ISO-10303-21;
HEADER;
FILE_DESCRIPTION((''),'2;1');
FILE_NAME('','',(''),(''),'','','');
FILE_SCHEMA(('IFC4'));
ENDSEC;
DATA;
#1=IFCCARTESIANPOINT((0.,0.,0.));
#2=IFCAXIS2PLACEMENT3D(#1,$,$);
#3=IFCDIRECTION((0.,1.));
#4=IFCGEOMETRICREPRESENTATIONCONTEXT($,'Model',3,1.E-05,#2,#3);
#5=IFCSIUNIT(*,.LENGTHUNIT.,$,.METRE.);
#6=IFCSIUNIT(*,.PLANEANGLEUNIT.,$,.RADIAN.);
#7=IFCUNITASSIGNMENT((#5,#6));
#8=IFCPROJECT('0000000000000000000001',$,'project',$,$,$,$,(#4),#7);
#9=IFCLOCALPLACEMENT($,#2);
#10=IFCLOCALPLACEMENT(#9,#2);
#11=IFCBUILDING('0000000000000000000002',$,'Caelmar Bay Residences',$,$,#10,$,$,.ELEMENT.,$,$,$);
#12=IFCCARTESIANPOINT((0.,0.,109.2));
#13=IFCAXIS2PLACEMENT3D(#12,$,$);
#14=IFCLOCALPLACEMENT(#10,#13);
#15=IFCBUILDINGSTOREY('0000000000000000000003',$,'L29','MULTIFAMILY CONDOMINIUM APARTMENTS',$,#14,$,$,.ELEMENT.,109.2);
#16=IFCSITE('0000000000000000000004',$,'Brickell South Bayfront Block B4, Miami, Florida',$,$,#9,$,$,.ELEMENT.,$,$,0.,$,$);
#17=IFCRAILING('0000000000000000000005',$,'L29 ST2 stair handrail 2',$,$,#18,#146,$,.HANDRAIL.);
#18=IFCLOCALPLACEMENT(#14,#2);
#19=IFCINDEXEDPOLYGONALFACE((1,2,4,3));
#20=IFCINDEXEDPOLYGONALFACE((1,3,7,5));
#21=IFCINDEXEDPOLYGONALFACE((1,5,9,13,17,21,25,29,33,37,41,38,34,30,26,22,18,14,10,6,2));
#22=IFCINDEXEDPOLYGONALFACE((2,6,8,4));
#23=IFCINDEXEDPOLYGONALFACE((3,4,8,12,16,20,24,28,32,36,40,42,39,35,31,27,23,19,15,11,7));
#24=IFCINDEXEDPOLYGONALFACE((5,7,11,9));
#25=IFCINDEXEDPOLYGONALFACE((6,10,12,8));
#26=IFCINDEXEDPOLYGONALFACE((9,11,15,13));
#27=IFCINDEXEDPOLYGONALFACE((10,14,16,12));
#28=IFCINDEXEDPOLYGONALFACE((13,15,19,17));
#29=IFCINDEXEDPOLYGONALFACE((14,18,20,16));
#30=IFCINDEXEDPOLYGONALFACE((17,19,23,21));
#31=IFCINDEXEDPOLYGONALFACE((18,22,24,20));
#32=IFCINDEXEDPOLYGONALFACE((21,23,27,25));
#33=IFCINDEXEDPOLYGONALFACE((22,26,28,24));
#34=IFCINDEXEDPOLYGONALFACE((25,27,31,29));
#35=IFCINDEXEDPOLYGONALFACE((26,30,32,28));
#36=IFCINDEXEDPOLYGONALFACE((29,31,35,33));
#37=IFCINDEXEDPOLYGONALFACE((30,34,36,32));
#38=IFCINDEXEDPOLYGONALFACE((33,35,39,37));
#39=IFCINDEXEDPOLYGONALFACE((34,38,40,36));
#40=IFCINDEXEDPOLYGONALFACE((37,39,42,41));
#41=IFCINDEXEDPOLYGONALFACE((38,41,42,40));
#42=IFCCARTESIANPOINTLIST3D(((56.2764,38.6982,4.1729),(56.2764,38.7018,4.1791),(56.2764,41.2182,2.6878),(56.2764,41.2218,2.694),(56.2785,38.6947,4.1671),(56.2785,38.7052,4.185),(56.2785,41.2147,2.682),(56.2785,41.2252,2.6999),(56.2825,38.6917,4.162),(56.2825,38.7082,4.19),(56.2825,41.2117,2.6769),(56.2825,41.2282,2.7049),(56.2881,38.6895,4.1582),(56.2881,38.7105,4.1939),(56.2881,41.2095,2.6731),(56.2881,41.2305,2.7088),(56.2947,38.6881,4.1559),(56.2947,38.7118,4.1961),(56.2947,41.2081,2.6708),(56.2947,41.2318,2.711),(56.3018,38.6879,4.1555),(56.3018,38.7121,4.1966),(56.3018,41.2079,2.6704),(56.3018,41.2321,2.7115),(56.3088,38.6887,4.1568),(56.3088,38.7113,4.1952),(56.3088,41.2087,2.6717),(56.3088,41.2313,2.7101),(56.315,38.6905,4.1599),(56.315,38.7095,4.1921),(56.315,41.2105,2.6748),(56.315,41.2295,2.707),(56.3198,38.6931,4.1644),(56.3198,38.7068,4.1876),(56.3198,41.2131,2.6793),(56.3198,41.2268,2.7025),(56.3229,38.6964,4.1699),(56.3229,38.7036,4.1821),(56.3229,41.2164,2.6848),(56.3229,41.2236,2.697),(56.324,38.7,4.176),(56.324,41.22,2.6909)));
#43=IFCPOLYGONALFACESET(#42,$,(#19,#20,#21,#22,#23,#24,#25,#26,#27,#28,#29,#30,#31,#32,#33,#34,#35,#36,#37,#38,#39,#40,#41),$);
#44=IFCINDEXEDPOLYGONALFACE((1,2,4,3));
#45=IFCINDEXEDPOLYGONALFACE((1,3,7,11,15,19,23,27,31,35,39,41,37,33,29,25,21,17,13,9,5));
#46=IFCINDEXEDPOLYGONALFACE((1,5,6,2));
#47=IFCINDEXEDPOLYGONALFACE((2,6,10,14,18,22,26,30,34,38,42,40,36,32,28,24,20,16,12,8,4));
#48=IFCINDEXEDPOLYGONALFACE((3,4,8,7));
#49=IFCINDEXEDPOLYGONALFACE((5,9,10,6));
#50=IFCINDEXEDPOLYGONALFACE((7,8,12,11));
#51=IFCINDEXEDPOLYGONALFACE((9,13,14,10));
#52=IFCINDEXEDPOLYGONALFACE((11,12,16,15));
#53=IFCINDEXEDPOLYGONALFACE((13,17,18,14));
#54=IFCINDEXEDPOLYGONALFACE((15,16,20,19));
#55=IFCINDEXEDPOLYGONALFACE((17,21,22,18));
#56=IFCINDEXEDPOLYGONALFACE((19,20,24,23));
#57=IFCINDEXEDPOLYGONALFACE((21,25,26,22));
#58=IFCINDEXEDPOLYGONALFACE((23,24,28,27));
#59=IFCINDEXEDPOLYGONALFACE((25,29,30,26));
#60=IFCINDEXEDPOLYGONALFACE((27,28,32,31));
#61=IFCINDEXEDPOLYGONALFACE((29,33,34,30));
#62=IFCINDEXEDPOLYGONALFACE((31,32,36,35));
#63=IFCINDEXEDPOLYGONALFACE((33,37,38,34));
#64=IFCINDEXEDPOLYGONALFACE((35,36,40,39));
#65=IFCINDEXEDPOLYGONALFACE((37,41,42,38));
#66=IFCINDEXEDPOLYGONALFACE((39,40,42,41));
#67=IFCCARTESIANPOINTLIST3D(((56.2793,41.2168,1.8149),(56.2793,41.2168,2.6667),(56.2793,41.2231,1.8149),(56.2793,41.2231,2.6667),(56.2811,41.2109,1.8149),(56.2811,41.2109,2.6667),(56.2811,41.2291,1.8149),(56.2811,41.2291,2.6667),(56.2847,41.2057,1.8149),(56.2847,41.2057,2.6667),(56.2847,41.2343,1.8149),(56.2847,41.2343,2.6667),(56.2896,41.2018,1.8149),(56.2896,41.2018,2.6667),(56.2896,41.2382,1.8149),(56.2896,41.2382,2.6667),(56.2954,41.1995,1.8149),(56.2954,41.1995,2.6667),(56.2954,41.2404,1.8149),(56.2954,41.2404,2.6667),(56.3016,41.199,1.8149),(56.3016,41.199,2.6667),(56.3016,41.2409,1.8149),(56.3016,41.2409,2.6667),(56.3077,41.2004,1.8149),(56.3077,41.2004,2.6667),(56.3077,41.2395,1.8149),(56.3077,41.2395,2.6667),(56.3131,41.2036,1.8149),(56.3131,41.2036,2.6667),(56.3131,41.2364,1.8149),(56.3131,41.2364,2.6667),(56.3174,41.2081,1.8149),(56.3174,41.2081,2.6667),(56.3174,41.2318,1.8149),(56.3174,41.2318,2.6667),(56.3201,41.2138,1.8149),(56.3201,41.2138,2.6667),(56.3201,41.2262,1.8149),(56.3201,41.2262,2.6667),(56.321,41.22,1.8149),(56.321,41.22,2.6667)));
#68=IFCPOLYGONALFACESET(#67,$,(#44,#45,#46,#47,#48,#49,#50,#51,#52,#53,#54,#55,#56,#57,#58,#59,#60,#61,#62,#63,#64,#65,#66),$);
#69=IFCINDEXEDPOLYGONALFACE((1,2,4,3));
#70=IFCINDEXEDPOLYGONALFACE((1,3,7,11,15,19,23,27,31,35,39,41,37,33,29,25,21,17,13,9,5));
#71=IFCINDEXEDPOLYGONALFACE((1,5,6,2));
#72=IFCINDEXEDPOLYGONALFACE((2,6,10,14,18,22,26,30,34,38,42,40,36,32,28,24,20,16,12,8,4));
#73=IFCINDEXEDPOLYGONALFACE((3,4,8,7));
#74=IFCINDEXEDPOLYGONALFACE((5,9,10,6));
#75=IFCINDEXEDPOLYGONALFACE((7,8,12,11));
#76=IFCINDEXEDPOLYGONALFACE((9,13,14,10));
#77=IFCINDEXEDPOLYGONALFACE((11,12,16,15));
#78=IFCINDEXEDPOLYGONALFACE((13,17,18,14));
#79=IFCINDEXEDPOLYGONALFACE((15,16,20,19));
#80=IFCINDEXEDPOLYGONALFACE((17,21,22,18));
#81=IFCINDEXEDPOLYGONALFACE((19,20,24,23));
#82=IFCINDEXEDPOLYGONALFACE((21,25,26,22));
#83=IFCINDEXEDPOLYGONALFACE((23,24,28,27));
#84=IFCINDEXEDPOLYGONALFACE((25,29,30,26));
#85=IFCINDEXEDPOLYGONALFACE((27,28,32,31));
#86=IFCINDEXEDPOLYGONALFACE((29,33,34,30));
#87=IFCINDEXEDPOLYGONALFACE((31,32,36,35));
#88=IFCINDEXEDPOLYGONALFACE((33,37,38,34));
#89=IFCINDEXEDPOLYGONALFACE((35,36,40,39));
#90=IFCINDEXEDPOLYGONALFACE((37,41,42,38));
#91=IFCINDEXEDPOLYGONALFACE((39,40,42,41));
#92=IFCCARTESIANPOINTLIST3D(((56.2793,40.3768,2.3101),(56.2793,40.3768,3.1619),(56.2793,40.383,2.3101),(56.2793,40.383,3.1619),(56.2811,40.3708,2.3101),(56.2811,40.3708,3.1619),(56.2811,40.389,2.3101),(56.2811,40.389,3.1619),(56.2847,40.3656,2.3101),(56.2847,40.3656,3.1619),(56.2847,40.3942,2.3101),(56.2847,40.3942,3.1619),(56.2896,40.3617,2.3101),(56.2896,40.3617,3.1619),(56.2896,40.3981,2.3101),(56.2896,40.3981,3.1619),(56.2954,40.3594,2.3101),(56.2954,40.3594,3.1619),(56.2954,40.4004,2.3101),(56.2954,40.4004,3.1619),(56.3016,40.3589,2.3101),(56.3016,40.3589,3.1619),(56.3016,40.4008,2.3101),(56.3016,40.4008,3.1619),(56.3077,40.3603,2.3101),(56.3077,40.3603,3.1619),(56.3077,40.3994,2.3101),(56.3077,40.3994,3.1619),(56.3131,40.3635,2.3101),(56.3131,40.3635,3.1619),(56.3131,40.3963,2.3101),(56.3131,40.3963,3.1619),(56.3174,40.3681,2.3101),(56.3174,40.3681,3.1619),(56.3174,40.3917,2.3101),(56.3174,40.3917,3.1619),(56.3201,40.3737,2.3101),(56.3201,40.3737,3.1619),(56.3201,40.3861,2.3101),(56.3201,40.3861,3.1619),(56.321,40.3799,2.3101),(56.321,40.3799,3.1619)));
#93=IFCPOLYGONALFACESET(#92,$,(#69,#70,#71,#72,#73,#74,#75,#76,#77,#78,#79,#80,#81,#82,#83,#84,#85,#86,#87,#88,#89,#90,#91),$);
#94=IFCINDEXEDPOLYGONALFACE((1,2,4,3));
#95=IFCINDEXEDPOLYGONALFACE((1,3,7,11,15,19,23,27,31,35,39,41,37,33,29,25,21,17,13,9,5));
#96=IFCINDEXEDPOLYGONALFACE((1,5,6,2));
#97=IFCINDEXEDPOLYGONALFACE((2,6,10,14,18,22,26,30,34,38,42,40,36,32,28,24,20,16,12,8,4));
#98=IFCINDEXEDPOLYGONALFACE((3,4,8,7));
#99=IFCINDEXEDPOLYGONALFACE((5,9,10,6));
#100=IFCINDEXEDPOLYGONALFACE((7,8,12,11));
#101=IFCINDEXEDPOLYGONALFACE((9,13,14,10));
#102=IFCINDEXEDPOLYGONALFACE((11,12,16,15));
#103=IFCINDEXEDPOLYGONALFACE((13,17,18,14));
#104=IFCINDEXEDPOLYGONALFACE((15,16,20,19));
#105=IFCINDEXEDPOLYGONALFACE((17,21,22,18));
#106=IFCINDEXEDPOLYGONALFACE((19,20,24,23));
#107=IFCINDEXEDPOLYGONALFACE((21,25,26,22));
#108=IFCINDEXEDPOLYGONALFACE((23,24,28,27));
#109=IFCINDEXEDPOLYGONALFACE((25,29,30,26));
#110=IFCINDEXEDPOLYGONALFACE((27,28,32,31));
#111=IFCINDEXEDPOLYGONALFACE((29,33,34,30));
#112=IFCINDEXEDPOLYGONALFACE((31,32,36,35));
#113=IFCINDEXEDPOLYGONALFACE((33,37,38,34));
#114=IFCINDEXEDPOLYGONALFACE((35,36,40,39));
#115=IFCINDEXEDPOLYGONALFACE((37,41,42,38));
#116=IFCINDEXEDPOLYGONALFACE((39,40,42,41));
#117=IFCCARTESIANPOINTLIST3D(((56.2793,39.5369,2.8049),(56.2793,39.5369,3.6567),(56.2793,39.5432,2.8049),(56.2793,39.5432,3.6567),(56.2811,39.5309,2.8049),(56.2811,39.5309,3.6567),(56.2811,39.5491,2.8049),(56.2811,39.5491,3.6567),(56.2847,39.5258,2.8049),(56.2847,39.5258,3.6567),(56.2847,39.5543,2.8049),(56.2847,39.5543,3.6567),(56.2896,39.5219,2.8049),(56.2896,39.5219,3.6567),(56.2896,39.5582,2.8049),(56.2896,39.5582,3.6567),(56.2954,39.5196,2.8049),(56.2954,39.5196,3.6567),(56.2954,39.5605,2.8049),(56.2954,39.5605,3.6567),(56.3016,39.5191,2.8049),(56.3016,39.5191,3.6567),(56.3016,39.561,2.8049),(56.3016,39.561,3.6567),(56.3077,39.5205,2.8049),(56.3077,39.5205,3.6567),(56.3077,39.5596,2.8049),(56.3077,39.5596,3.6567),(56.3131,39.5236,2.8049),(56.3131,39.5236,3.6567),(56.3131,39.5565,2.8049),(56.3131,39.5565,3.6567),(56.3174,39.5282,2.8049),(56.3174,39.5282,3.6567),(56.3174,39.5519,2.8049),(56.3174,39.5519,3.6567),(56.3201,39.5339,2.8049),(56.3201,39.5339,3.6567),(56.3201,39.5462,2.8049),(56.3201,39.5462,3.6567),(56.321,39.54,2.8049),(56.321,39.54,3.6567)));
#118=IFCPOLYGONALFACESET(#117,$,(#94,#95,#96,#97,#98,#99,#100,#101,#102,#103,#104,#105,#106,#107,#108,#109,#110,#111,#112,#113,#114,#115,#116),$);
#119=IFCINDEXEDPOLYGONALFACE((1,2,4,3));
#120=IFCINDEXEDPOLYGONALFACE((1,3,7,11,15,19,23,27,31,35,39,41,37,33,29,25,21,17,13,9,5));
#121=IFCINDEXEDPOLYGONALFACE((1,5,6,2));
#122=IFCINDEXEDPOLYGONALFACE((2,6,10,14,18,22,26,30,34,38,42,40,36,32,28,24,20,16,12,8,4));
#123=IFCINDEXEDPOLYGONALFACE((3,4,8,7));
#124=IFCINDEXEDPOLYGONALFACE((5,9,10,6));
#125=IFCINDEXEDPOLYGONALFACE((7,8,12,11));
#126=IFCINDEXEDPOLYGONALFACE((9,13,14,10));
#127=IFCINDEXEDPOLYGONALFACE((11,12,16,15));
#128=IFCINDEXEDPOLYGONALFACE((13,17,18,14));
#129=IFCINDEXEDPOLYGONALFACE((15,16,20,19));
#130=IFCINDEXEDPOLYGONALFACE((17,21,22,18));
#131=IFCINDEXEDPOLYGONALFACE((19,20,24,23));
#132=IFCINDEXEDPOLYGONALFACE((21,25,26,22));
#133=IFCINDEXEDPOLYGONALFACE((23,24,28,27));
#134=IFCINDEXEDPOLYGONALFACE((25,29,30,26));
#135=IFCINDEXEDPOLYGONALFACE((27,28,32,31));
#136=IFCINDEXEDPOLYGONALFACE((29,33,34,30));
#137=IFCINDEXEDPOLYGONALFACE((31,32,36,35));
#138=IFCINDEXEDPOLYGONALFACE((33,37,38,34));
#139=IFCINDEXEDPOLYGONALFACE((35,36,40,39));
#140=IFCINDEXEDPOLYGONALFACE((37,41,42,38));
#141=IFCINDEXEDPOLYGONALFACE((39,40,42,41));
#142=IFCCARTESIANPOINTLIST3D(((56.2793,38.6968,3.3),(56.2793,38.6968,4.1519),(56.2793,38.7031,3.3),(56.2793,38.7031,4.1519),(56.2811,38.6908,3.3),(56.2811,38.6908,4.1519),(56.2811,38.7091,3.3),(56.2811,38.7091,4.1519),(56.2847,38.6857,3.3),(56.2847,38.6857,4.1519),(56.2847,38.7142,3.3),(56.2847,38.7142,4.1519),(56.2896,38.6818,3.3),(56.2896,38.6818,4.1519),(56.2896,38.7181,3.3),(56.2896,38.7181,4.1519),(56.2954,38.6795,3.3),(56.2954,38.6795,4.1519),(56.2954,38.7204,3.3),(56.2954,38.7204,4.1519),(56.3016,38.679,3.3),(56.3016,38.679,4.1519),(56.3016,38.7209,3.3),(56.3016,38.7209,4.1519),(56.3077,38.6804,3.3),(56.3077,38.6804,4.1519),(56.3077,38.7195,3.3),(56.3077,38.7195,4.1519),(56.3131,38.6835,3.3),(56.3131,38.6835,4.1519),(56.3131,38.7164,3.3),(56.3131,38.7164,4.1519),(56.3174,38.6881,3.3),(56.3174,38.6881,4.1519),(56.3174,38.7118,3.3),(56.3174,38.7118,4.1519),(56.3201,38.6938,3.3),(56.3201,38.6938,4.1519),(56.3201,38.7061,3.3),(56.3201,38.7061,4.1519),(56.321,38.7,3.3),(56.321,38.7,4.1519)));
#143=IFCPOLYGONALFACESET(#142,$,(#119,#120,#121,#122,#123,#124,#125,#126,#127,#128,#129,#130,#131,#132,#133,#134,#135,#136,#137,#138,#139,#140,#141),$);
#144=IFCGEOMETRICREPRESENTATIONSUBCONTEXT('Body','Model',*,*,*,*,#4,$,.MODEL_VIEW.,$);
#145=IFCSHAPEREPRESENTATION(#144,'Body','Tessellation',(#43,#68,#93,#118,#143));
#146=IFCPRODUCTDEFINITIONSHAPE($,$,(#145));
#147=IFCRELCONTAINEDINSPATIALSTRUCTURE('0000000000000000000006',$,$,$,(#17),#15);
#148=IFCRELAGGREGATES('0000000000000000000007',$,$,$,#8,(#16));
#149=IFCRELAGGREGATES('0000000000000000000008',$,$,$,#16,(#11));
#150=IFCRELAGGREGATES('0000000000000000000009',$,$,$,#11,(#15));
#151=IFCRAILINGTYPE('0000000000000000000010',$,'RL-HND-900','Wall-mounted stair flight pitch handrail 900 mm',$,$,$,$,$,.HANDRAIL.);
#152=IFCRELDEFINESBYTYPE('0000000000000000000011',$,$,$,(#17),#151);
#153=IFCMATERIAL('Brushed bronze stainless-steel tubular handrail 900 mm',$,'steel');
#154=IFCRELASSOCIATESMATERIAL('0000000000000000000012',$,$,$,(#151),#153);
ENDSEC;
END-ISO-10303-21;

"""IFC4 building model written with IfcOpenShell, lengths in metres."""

from ifc_helpers import new_model, si_unit, direction, frame, origin, origin_2d, place, context, subcontext, project, spatial, circle, extrude, material, type_object, element, save


model = new_model("IFC4")

# Units and contexts
model_context = context("Model", 3, precision=1e-05, world=origin(), true_north=direction((0.0, 1.0)))
body_context = subcontext(model_context, "Body", "Model", "MODEL_VIEW")
ifc_project = project(units=[si_unit("LENGTHUNIT", "METRE"), si_unit("PLANEANGLEUNIT", "RADIAN")], contexts=[model_context])

# Site, building, storey
site_placement = place(None, origin())
site = spatial("IfcSite", under=ifc_project, at=site_placement, Name="Brickell South Bayfront Block B4, Miami, Florida", CompositionType="ELEMENT", RefElevation=0.0)
building_placement = place(site_placement, origin())
building = spatial("IfcBuilding", under=site, at=building_placement, Name="Caelmar Bay Residences", CompositionType="ELEMENT")
storey_placement = place(building_placement, frame((0.0, 0.0, 109.2)))
storey = spatial("IfcBuildingStorey", under=building, at=storey_placement, Name="L29", Description="MULTIFAMILY CONDOMINIUM APARTMENTS", CompositionType="ELEMENT", Elevation=109.2)

# Railing
ifc_material_1 = material(Name="Brushed bronze stainless-steel tubular handrail 900 mm", Category="steel")
railing_type_1 = type_object("IfcRailingType", Name="RL-HND-900", Description="Wall-mounted stair flight pitch handrail 900 mm", PredefinedType="HANDRAIL", material=ifc_material_1)
railing_1_placement = place(storey_placement, frame((56.3, 41.22, 1.8149)))
element("IfcRailing", 1, at=railing_1_placement, inside=storey, type_object=railing_type_1, Name="L29 ST2 stair handrail 2", PredefinedType="HANDRAIL", context=body_context, shape_type="SweptSolid", body=[
    extrude(circle(Radius=0.0239, at=origin_2d()), frame((0.0, 0.0, 0.876), z_axis=(0.0, -0.861524, 0.507717), x_axis=(1.0, 0.0, 0.0)), (0.0, 0.0, 1.0), 2.925),
    extrude(circle(Radius=0.021, at=origin_2d()), origin(), (0.0, 0.0, 1.0), 0.8518),
    extrude(circle(Radius=0.021, at=origin_2d()), frame((0.0, -0.8401, 0.4951)), (0.0, 0.0, 1.0), 0.8518),
    extrude(circle(Radius=0.021, at=origin_2d()), frame((0.0, -1.6799, 0.99)), (0.0, 0.0, 1.0), 0.8518),
    extrude(circle(Radius=0.021, at=origin_2d()), frame((0.0, -2.52, 1.4851)), (0.0, 0.0, 1.0), 0.8518),
])

save(model, "model.ifc")
